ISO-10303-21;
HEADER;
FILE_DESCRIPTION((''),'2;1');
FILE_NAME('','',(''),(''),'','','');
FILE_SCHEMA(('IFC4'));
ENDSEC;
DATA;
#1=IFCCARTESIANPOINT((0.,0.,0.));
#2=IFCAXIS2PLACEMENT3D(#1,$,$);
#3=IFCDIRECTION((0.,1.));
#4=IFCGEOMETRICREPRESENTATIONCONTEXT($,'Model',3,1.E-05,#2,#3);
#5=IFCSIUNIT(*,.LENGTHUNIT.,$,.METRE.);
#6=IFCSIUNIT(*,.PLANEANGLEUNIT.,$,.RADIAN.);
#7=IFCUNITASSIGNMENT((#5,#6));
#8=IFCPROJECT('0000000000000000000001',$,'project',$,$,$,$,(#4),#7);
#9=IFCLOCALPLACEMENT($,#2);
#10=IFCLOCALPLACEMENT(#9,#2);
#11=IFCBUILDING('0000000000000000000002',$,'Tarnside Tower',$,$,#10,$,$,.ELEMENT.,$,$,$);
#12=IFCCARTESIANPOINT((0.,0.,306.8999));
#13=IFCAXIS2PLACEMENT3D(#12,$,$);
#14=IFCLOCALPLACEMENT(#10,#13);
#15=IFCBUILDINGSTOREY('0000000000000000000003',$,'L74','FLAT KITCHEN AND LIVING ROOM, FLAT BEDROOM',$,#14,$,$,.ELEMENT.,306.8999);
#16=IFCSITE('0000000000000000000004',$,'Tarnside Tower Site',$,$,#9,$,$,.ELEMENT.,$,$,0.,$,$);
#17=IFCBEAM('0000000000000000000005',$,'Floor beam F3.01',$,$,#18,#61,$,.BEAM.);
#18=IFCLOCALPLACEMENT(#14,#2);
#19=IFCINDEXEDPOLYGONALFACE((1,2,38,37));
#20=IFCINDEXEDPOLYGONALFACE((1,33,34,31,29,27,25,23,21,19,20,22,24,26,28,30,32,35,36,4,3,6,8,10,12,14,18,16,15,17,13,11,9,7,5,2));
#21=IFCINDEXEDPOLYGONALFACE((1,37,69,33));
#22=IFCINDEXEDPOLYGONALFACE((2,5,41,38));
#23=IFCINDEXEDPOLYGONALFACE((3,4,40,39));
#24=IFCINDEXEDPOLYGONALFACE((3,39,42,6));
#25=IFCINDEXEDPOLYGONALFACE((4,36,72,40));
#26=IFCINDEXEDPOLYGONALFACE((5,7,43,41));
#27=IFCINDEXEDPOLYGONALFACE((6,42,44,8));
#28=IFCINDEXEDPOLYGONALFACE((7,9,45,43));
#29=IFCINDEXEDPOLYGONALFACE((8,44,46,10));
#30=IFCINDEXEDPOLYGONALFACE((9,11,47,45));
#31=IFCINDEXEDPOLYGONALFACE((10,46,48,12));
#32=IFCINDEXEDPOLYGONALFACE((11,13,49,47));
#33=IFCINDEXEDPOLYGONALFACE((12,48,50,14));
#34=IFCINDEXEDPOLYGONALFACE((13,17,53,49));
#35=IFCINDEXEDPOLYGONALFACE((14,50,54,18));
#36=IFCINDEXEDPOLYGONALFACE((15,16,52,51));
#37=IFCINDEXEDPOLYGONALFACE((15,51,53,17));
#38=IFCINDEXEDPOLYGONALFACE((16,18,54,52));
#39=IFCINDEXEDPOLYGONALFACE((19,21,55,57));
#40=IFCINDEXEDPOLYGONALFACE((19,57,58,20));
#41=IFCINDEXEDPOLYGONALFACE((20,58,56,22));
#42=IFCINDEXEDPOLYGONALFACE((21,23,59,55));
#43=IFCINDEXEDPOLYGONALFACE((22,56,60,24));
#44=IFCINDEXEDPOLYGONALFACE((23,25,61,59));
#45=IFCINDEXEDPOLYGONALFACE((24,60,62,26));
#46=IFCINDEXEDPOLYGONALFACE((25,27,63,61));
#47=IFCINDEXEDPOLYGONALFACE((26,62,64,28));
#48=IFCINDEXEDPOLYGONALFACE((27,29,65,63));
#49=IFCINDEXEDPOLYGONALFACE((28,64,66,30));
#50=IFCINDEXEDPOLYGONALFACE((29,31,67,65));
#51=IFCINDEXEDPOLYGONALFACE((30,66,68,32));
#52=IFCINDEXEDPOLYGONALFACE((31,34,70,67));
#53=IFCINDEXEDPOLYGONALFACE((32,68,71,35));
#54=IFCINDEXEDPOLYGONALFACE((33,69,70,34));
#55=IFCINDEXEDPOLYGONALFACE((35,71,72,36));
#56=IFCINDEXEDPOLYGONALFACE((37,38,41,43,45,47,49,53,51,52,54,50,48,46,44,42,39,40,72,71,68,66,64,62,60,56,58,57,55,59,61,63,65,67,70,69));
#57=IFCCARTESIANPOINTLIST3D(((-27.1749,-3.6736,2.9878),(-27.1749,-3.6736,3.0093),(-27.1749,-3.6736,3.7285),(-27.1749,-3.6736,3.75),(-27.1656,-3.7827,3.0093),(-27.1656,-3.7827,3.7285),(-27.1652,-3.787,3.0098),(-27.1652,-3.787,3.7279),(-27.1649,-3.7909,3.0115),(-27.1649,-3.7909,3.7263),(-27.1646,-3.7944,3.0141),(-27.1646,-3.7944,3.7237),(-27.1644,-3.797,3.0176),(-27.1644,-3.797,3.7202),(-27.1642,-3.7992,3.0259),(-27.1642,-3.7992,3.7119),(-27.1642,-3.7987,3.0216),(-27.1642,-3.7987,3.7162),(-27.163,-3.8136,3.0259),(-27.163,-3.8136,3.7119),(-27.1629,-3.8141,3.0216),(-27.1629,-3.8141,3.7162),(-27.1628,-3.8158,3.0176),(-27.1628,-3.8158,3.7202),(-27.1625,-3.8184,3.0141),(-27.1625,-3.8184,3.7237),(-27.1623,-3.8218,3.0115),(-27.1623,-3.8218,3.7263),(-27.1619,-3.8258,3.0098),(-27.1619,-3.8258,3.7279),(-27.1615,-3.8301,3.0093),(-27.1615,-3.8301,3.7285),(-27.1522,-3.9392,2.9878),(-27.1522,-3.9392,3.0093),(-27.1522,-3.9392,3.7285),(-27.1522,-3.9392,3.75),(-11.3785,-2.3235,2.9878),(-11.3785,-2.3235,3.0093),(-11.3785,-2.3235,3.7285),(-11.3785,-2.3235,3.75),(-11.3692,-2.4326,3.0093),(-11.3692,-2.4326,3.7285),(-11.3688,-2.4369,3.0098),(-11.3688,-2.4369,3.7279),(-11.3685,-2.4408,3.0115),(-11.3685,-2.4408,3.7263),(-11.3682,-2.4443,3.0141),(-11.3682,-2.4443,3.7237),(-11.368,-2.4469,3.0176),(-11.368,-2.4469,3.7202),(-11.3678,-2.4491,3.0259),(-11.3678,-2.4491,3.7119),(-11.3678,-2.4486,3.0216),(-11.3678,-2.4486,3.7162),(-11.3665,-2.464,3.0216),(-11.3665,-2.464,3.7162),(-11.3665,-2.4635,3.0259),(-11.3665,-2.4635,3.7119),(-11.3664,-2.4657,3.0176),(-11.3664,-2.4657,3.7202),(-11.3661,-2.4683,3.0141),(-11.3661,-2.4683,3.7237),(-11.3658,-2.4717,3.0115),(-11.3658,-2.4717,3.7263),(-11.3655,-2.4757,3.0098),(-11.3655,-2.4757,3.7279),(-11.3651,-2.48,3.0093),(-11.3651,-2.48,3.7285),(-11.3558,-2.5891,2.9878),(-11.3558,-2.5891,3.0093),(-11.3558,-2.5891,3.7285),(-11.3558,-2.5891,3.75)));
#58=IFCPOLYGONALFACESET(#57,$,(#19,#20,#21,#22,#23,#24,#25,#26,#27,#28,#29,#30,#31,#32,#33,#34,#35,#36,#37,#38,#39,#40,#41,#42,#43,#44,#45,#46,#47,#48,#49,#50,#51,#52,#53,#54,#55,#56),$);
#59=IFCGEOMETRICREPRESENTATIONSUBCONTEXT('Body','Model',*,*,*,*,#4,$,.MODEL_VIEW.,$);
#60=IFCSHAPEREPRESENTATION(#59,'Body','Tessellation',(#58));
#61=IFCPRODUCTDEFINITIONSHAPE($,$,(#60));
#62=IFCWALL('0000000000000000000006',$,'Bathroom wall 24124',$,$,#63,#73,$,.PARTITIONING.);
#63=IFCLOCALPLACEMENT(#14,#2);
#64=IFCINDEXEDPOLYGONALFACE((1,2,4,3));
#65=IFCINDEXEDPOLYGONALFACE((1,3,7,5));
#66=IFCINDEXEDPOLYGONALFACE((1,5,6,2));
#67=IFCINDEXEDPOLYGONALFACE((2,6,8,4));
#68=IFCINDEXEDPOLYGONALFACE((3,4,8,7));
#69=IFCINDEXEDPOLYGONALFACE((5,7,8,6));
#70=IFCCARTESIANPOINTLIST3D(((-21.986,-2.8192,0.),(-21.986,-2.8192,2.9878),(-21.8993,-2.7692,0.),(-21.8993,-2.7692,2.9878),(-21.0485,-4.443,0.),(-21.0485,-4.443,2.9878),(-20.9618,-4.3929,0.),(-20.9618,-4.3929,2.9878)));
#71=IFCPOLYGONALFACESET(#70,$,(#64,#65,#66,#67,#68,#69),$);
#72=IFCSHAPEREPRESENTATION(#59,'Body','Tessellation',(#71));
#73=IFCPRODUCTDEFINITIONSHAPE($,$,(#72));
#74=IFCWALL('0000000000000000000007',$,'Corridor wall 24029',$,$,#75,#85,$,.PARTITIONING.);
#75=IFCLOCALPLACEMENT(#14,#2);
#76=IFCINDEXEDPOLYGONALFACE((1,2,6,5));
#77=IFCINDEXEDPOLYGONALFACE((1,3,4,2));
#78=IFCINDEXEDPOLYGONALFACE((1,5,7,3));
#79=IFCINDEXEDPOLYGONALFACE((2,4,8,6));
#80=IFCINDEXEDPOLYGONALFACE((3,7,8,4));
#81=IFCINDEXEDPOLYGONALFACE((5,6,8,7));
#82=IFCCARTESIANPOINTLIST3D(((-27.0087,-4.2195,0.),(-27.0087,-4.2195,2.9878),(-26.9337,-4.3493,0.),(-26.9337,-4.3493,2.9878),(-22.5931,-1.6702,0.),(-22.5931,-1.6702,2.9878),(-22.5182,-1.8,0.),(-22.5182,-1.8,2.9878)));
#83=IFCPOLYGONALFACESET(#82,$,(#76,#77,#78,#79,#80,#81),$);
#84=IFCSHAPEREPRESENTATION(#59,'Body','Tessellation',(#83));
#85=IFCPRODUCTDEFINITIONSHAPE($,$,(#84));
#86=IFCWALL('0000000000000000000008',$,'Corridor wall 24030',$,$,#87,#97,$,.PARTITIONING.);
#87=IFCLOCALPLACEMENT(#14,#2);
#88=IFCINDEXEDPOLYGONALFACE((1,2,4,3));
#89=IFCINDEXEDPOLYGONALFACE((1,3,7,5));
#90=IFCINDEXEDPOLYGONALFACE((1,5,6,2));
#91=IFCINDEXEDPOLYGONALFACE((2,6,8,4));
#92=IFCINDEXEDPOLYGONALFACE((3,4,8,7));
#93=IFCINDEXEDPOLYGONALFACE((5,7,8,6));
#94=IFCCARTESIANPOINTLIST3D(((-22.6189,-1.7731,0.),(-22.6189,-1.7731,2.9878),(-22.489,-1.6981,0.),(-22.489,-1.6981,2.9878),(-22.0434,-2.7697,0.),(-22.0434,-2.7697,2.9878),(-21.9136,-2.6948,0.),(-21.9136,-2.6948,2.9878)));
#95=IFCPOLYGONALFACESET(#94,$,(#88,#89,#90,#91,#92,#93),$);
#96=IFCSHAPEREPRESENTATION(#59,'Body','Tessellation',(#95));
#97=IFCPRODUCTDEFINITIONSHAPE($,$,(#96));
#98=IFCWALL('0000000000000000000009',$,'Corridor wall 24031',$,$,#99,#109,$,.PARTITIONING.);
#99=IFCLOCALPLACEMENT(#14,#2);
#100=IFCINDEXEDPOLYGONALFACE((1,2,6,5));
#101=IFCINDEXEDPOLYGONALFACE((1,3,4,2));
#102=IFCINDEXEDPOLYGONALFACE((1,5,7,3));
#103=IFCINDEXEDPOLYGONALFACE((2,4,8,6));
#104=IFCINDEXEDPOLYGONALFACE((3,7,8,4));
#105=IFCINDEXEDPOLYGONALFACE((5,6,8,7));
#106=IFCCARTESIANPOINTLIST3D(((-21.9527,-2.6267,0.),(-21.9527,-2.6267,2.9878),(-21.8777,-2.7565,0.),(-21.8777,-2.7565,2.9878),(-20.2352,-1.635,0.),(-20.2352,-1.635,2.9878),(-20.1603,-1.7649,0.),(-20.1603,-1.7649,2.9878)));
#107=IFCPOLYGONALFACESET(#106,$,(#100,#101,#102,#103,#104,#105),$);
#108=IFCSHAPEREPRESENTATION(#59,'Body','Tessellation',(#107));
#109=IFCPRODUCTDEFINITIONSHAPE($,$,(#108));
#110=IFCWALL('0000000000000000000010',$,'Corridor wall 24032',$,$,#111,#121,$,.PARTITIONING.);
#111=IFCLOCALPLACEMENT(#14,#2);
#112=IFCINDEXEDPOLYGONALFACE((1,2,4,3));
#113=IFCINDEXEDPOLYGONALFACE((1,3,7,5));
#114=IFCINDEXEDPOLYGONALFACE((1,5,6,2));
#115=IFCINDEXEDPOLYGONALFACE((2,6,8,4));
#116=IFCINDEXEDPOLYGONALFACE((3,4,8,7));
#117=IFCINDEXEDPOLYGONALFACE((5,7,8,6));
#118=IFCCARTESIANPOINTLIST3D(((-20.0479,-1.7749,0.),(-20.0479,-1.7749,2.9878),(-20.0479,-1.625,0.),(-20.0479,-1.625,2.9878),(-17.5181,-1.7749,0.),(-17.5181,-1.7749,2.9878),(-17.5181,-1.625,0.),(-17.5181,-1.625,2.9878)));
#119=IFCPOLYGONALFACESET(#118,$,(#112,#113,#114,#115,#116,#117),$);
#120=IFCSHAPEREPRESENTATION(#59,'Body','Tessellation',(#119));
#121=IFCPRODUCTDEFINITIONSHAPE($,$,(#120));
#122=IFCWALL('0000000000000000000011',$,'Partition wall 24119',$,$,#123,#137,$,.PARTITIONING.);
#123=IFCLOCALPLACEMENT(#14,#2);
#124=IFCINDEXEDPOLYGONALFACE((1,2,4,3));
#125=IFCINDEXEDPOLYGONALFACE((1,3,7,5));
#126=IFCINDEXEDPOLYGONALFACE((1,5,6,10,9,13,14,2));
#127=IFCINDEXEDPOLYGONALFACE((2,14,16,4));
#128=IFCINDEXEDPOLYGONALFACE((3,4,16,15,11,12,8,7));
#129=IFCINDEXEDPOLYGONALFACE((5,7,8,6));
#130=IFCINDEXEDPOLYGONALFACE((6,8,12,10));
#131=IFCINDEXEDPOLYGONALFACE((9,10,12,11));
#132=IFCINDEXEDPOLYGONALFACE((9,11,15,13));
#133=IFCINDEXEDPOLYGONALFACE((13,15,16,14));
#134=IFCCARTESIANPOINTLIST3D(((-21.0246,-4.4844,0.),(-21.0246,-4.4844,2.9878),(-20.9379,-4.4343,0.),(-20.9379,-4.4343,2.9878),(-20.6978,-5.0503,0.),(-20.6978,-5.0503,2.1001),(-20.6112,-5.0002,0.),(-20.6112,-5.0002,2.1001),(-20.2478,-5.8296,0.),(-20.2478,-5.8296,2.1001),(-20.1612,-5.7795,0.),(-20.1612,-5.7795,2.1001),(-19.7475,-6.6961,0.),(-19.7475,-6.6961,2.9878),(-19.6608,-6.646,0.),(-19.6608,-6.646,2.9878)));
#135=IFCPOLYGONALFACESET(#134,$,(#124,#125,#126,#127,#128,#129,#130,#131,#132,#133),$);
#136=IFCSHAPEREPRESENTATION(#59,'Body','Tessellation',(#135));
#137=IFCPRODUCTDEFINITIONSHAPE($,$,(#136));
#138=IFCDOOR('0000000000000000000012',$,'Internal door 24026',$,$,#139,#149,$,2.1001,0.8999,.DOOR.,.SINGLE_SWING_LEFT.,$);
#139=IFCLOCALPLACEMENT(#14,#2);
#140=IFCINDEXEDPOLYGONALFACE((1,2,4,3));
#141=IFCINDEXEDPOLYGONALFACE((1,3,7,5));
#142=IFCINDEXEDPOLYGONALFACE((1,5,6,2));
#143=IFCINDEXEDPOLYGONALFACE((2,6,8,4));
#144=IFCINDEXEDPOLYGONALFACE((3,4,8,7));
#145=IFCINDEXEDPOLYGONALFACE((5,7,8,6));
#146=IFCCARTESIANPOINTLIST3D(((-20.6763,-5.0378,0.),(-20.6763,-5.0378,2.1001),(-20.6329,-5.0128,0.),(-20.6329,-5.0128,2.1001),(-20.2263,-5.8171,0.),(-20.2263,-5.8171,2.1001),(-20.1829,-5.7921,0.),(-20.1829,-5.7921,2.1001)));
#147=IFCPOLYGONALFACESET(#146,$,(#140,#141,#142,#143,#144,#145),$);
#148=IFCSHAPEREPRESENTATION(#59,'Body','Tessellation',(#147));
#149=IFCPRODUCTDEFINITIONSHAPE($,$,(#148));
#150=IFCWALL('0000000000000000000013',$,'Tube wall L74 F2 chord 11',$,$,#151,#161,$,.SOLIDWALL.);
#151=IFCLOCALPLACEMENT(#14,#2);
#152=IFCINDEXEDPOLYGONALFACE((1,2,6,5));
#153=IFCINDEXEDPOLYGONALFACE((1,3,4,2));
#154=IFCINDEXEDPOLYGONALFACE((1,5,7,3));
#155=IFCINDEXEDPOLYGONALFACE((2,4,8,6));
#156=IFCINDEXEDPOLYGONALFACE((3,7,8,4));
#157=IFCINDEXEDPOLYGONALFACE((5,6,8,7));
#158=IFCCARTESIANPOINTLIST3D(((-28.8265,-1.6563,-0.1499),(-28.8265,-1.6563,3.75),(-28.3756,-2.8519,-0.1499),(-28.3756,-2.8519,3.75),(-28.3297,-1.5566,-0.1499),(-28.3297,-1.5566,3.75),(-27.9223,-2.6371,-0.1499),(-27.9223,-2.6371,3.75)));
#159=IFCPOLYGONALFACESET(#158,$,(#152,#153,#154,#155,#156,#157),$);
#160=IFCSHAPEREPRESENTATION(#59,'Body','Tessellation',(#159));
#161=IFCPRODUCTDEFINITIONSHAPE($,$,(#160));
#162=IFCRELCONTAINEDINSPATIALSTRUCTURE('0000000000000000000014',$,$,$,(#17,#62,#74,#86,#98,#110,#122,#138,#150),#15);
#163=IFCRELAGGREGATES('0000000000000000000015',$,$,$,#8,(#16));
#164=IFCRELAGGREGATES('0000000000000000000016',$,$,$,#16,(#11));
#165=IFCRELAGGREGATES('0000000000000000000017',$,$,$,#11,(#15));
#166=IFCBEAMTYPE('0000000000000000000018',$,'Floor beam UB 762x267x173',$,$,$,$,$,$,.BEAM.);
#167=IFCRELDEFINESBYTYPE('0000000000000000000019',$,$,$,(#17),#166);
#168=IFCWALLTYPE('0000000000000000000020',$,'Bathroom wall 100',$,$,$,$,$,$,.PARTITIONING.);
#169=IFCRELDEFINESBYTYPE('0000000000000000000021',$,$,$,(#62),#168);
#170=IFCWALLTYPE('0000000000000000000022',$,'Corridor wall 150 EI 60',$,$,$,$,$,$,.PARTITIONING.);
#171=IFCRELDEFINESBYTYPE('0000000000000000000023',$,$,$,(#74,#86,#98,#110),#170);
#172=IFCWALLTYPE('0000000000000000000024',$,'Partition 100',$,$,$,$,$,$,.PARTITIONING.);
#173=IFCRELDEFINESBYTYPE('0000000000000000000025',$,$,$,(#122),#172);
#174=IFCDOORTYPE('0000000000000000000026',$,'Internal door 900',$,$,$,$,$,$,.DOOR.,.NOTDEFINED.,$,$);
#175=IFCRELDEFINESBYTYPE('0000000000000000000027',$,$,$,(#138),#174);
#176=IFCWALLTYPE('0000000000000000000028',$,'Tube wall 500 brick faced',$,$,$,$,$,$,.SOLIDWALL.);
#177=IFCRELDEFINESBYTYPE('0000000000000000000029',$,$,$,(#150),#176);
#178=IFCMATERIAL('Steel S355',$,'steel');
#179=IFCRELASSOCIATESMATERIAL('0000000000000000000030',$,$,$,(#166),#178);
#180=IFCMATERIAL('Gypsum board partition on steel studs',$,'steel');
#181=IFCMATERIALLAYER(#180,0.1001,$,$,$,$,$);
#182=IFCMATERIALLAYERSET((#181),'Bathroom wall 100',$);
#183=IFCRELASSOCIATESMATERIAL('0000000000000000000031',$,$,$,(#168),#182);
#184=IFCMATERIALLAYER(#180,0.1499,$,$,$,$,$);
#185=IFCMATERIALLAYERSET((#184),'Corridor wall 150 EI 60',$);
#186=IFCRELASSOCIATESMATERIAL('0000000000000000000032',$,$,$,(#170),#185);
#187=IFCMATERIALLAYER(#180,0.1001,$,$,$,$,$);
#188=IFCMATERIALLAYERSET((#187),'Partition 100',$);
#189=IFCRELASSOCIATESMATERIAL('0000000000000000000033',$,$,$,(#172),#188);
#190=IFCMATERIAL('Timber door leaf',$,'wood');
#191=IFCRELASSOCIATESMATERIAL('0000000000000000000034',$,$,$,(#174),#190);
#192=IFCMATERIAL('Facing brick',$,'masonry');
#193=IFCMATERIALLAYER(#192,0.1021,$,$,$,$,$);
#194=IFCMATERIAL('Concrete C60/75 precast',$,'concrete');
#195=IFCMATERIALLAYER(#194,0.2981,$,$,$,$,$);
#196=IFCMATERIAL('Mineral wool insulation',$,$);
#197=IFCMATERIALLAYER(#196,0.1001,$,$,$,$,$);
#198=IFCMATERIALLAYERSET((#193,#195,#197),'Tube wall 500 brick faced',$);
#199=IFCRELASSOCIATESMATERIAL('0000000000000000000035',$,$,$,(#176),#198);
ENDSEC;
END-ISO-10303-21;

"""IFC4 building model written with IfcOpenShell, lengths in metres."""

from ifc_helpers import new_model, si_unit, direction, frame, frame_2d, origin, origin_2d, place, context, subcontext, project, spatial, polyline, rectangle, i_section, outline, extrude, material, layer, layer_set, material_profile, profile_set, type_object, element, fill, save


model = new_model("IFC4")

# Units and contexts
model_context = context("Model", 3, precision=1e-05, world=origin(), true_north=direction((0.0, 1.0)))
body_context = subcontext(model_context, "Body", "Model", "MODEL_VIEW")
ifc_project = project(units=[si_unit("LENGTHUNIT", "METRE"), si_unit("PLANEANGLEUNIT", "RADIAN")], contexts=[model_context])

# Site, building, storey
site_placement = place(None, origin())
site = spatial("IfcSite", under=ifc_project, at=site_placement, Name="Tarnside Tower Site", CompositionType="ELEMENT", RefElevation=0.0)
building_placement = place(site_placement, origin())
building = spatial("IfcBuilding", under=site, at=building_placement, Name="Tarnside Tower", CompositionType="ELEMENT")
storey_placement = place(building_placement, frame((0.0, 0.0, 306.8999)))
storey = spatial("IfcBuildingStorey", under=building, at=storey_placement, Name="L74", Description="FLAT KITCHEN AND LIVING ROOM, FLAT BEDROOM", CompositionType="ELEMENT", Elevation=306.8999)

# Beam
ifc_material_1 = material(Name="Steel S355", Category="steel")
ifc_material_profile = material_profile(ifc_material_1, i_section(OverallWidth=0.2666, OverallDepth=0.7622, WebThickness=0.0144, FlangeThickness=0.0215, FilletRadius=0.0166, at=origin_2d()), Name="UB 762x267x173")
ifc_profile_set = profile_set([ifc_material_profile], Name="Steel S355")
beam_type = type_object("IfcBeamType", Name="Floor beam UB 762x267x173", PredefinedType="BEAM", material=ifc_profile_set)
beam_placement = place(storey_placement, frame((-27.1636, -3.8064, 3.3689), z_axis=(0.996367, 0.085158, 0.0), x_axis=(-0.085158, 0.996367, 0.0)))
element("IfcBeam", 1, at=beam_placement, inside=storey, type_object=beam_type, Name="Floor beam F3.01", PredefinedType="BEAM", context=body_context, shape_type="SweptSolid", body=[
    extrude(i_section(OverallWidth=0.2666, OverallDepth=0.7622, WebThickness=0.0144, FlangeThickness=0.0215, FilletRadius=0.0166, at=origin_2d()), origin(), (0.0, 0.0, 1.0), 15.854),
])

# Walls
ifc_material_2 = material(Name="Gypsum board partition on steel studs", Category="steel")
ifc_layer_1 = layer(ifc_material_2, 0.1001)
ifc_layer_set_1 = layer_set([ifc_layer_1], Name="Bathroom wall 100")
wall_type_1 = type_object("IfcWallType", Name="Bathroom wall 100", PredefinedType="PARTITIONING", material=ifc_layer_set_1)
wall_1_placement = place(storey_placement, frame((-21.0051, -4.418, 0.0), z_axis=(0.0, 0.0, 1.0), x_axis=(-0.500004, 0.866023, 0.0)))
element("IfcWall", 2, at=wall_1_placement, inside=storey, type_object=wall_type_1, Name="Bathroom wall 24124", PredefinedType="PARTITIONING", context=body_context, shape_type="SweptSolid", body=[
    extrude(rectangle(XDim=1.875, YDim=0.1001, at=frame_2d((0.9375, 0.0))), origin(), (0.0, 0.0, 1.0), 2.9878),
])
ifc_layer_2 = layer(ifc_material_2, 0.1499)
ifc_layer_set_2 = layer_set([ifc_layer_2], Name="Corridor wall 150 EI 60")
wall_type_2 = type_object("IfcWallType", Name="Corridor wall 150 EI 60", PredefinedType="PARTITIONING", material=ifc_layer_set_2)
wall_2_placement = place(storey_placement, frame((-26.9712, -4.2844, 0.0), z_axis=(0.0, 0.0, 1.0), x_axis=(0.866025, 0.500002, 0.0)))
element("IfcWall", 3, at=wall_2_placement, inside=storey, type_object=wall_type_2, Name="Corridor wall 24029", PredefinedType="PARTITIONING", context=body_context, shape_type="SweptSolid", body=[
    extrude(rectangle(XDim=5.0986, YDim=0.1499, at=frame_2d((2.5493, 0.0))), origin(), (0.0, 0.0, 1.0), 2.9878),
])
wall_3_placement = place(storey_placement, frame((-22.554, -1.7356, 0.0), z_axis=(0.0, 0.0, 1.0), x_axis=(0.500041, -0.866002, 0.0)))
element("IfcWall", 4, at=wall_3_placement, inside=storey, type_object=wall_type_2, Name="Corridor wall 24030", PredefinedType="PARTITIONING", context=body_context, shape_type="SweptSolid", body=[
    extrude(rectangle(XDim=1.1509, YDim=0.1499, at=frame_2d((0.5754, 0.0))), origin(), (0.0, 0.0, 1.0), 2.9878),
])
wall_4_placement = place(storey_placement, frame((-21.9153, -2.6917, 0.0), z_axis=(0.0, 0.0, 1.0), x_axis=(0.866007, 0.500031, 0.0)))
element("IfcWall", 5, at=wall_4_placement, inside=storey, type_object=wall_type_2, Name="Corridor wall 24031", PredefinedType="PARTITIONING", context=body_context, shape_type="SweptSolid", body=[
    extrude(rectangle(XDim=1.9832, YDim=0.1499, at=frame_2d((0.9917, 0.0))), origin(), (0.0, 0.0, 1.0), 2.9878),
])
wall_5_placement = place(storey_placement, frame((-20.0479, -1.7, 0.0), z_axis=(0.0, 0.0, 1.0), x_axis=(1.0, 0.0, 0.0)))
element("IfcWall", 6, at=wall_5_placement, inside=storey, type_object=wall_type_2, Name="Corridor wall 24032", PredefinedType="PARTITIONING", context=body_context, shape_type="SweptSolid", body=[
    extrude(rectangle(XDim=2.5298, YDim=0.1499, at=frame_2d((1.2649, 0.0))), origin(), (0.0, 0.0, 1.0), 2.9878),
])

# Wall, opening, door
ifc_layer_3 = layer(ifc_material_2, 0.1001)
ifc_layer_set_3 = layer_set([ifc_layer_3], Name="Partition 100")
wall_type_3 = type_object("IfcWallType", Name="Partition 100", PredefinedType="PARTITIONING", material=ifc_layer_set_3)
wall_6_placement = place(storey_placement, frame((-20.9812, -4.4595, 0.0), z_axis=(0.0, 0.0, 1.0), x_axis=(0.500056, -0.865993, 0.0)))
wall_6 = element("IfcWall", 7, at=wall_6_placement, inside=storey, type_object=wall_type_3, Name="Partition wall 24119", PredefinedType="PARTITIONING", context=body_context, shape_type="SweptSolid", body=[
    extrude(rectangle(XDim=2.554, YDim=0.1001, at=frame_2d((1.2769, 0.0))), origin(), (0.0, 0.0, 1.0), 2.9878),
])
opening_1_placement = place(wall_6_placement, frame((0.6533, 0.0, 0.0)))
opening_1 = element("IfcOpeningElement", 8, at=opening_1_placement, cuts=wall_6, PredefinedType="OPENING", context=body_context, shape_type="SweptSolid", body=[
    extrude(rectangle(XDim=0.8999, YDim=2.1001, at=frame_2d((0.45, 1.05))), frame((0.0, 0.0601, 0.0), z_axis=(0.0, -1.0, 0.0), x_axis=(1.0, 0.0, 0.0)), (0.0, 0.0, 1.0), 0.1201),
])
ifc_material_3 = material(Name="Timber door leaf", Category="wood")
door_type = type_object("IfcDoorType", Name="Internal door 900", OperationType="NOTDEFINED", PredefinedType="DOOR", material=ifc_material_3)
door_placement = place(opening_1_placement, origin())
door = element("IfcDoor", 9, at=door_placement, inside=storey, type_object=door_type, Name="Internal door 24026", OperationType="SINGLE_SWING_LEFT", OverallHeight=2.1001, OverallWidth=0.8999, PredefinedType="DOOR", context=body_context, shape_type="SweptSolid", body=[
    extrude(rectangle(XDim=0.8999, YDim=2.1001, at=frame_2d((0.45, 1.05))), frame((0.0, 0.0249, 0.0), z_axis=(0.0, -1.0, 0.0), x_axis=(1.0, 0.0, 0.0)), (0.0, 0.0, 1.0), 0.05),
])
fill(opening_1, door)

# Wall
ifc_material_4 = material(Name="Facing brick", Category="masonry")
ifc_layer_4 = layer(ifc_material_4, 0.1021)
ifc_material_5 = material(Name="Concrete C60/75 precast", Category="concrete")
ifc_layer_5 = layer(ifc_material_5, 0.2981)
ifc_material_6 = material(Name="Mineral wool insulation")
ifc_layer_6 = layer(ifc_material_6, 0.1001)
ifc_layer_set_4 = layer_set([ifc_layer_4, ifc_layer_5, ifc_layer_6], Name="Tube wall 500 brick faced")
wall_type_4 = type_object("IfcWallType", Name="Tube wall 500 brick faced", PredefinedType="SOLIDWALL", material=ifc_layer_set_4)
wall_7_placement = place(storey_placement, frame((-28.5781, -1.6064, -0.1499), z_axis=(0.0, 0.0, 1.0), x_axis=(0.352838, -0.935684, 0.0)))
element("IfcWall", 10, at=wall_7_placement, inside=storey, type_object=wall_type_4, Name="Tube wall L74 F2 chord 11", PredefinedType="SOLIDWALL", context=body_context, shape_type="SweptSolid", body=[
    extrude(outline(polyline([(-0.041, -0.25), (1.2368, -0.25), (1.1958, 0.25), (0.041, 0.25), (-0.041, -0.25)])), origin(), (0.0, 0.0, 1.0), 3.8999),
])

save(model, "model.ifc")
